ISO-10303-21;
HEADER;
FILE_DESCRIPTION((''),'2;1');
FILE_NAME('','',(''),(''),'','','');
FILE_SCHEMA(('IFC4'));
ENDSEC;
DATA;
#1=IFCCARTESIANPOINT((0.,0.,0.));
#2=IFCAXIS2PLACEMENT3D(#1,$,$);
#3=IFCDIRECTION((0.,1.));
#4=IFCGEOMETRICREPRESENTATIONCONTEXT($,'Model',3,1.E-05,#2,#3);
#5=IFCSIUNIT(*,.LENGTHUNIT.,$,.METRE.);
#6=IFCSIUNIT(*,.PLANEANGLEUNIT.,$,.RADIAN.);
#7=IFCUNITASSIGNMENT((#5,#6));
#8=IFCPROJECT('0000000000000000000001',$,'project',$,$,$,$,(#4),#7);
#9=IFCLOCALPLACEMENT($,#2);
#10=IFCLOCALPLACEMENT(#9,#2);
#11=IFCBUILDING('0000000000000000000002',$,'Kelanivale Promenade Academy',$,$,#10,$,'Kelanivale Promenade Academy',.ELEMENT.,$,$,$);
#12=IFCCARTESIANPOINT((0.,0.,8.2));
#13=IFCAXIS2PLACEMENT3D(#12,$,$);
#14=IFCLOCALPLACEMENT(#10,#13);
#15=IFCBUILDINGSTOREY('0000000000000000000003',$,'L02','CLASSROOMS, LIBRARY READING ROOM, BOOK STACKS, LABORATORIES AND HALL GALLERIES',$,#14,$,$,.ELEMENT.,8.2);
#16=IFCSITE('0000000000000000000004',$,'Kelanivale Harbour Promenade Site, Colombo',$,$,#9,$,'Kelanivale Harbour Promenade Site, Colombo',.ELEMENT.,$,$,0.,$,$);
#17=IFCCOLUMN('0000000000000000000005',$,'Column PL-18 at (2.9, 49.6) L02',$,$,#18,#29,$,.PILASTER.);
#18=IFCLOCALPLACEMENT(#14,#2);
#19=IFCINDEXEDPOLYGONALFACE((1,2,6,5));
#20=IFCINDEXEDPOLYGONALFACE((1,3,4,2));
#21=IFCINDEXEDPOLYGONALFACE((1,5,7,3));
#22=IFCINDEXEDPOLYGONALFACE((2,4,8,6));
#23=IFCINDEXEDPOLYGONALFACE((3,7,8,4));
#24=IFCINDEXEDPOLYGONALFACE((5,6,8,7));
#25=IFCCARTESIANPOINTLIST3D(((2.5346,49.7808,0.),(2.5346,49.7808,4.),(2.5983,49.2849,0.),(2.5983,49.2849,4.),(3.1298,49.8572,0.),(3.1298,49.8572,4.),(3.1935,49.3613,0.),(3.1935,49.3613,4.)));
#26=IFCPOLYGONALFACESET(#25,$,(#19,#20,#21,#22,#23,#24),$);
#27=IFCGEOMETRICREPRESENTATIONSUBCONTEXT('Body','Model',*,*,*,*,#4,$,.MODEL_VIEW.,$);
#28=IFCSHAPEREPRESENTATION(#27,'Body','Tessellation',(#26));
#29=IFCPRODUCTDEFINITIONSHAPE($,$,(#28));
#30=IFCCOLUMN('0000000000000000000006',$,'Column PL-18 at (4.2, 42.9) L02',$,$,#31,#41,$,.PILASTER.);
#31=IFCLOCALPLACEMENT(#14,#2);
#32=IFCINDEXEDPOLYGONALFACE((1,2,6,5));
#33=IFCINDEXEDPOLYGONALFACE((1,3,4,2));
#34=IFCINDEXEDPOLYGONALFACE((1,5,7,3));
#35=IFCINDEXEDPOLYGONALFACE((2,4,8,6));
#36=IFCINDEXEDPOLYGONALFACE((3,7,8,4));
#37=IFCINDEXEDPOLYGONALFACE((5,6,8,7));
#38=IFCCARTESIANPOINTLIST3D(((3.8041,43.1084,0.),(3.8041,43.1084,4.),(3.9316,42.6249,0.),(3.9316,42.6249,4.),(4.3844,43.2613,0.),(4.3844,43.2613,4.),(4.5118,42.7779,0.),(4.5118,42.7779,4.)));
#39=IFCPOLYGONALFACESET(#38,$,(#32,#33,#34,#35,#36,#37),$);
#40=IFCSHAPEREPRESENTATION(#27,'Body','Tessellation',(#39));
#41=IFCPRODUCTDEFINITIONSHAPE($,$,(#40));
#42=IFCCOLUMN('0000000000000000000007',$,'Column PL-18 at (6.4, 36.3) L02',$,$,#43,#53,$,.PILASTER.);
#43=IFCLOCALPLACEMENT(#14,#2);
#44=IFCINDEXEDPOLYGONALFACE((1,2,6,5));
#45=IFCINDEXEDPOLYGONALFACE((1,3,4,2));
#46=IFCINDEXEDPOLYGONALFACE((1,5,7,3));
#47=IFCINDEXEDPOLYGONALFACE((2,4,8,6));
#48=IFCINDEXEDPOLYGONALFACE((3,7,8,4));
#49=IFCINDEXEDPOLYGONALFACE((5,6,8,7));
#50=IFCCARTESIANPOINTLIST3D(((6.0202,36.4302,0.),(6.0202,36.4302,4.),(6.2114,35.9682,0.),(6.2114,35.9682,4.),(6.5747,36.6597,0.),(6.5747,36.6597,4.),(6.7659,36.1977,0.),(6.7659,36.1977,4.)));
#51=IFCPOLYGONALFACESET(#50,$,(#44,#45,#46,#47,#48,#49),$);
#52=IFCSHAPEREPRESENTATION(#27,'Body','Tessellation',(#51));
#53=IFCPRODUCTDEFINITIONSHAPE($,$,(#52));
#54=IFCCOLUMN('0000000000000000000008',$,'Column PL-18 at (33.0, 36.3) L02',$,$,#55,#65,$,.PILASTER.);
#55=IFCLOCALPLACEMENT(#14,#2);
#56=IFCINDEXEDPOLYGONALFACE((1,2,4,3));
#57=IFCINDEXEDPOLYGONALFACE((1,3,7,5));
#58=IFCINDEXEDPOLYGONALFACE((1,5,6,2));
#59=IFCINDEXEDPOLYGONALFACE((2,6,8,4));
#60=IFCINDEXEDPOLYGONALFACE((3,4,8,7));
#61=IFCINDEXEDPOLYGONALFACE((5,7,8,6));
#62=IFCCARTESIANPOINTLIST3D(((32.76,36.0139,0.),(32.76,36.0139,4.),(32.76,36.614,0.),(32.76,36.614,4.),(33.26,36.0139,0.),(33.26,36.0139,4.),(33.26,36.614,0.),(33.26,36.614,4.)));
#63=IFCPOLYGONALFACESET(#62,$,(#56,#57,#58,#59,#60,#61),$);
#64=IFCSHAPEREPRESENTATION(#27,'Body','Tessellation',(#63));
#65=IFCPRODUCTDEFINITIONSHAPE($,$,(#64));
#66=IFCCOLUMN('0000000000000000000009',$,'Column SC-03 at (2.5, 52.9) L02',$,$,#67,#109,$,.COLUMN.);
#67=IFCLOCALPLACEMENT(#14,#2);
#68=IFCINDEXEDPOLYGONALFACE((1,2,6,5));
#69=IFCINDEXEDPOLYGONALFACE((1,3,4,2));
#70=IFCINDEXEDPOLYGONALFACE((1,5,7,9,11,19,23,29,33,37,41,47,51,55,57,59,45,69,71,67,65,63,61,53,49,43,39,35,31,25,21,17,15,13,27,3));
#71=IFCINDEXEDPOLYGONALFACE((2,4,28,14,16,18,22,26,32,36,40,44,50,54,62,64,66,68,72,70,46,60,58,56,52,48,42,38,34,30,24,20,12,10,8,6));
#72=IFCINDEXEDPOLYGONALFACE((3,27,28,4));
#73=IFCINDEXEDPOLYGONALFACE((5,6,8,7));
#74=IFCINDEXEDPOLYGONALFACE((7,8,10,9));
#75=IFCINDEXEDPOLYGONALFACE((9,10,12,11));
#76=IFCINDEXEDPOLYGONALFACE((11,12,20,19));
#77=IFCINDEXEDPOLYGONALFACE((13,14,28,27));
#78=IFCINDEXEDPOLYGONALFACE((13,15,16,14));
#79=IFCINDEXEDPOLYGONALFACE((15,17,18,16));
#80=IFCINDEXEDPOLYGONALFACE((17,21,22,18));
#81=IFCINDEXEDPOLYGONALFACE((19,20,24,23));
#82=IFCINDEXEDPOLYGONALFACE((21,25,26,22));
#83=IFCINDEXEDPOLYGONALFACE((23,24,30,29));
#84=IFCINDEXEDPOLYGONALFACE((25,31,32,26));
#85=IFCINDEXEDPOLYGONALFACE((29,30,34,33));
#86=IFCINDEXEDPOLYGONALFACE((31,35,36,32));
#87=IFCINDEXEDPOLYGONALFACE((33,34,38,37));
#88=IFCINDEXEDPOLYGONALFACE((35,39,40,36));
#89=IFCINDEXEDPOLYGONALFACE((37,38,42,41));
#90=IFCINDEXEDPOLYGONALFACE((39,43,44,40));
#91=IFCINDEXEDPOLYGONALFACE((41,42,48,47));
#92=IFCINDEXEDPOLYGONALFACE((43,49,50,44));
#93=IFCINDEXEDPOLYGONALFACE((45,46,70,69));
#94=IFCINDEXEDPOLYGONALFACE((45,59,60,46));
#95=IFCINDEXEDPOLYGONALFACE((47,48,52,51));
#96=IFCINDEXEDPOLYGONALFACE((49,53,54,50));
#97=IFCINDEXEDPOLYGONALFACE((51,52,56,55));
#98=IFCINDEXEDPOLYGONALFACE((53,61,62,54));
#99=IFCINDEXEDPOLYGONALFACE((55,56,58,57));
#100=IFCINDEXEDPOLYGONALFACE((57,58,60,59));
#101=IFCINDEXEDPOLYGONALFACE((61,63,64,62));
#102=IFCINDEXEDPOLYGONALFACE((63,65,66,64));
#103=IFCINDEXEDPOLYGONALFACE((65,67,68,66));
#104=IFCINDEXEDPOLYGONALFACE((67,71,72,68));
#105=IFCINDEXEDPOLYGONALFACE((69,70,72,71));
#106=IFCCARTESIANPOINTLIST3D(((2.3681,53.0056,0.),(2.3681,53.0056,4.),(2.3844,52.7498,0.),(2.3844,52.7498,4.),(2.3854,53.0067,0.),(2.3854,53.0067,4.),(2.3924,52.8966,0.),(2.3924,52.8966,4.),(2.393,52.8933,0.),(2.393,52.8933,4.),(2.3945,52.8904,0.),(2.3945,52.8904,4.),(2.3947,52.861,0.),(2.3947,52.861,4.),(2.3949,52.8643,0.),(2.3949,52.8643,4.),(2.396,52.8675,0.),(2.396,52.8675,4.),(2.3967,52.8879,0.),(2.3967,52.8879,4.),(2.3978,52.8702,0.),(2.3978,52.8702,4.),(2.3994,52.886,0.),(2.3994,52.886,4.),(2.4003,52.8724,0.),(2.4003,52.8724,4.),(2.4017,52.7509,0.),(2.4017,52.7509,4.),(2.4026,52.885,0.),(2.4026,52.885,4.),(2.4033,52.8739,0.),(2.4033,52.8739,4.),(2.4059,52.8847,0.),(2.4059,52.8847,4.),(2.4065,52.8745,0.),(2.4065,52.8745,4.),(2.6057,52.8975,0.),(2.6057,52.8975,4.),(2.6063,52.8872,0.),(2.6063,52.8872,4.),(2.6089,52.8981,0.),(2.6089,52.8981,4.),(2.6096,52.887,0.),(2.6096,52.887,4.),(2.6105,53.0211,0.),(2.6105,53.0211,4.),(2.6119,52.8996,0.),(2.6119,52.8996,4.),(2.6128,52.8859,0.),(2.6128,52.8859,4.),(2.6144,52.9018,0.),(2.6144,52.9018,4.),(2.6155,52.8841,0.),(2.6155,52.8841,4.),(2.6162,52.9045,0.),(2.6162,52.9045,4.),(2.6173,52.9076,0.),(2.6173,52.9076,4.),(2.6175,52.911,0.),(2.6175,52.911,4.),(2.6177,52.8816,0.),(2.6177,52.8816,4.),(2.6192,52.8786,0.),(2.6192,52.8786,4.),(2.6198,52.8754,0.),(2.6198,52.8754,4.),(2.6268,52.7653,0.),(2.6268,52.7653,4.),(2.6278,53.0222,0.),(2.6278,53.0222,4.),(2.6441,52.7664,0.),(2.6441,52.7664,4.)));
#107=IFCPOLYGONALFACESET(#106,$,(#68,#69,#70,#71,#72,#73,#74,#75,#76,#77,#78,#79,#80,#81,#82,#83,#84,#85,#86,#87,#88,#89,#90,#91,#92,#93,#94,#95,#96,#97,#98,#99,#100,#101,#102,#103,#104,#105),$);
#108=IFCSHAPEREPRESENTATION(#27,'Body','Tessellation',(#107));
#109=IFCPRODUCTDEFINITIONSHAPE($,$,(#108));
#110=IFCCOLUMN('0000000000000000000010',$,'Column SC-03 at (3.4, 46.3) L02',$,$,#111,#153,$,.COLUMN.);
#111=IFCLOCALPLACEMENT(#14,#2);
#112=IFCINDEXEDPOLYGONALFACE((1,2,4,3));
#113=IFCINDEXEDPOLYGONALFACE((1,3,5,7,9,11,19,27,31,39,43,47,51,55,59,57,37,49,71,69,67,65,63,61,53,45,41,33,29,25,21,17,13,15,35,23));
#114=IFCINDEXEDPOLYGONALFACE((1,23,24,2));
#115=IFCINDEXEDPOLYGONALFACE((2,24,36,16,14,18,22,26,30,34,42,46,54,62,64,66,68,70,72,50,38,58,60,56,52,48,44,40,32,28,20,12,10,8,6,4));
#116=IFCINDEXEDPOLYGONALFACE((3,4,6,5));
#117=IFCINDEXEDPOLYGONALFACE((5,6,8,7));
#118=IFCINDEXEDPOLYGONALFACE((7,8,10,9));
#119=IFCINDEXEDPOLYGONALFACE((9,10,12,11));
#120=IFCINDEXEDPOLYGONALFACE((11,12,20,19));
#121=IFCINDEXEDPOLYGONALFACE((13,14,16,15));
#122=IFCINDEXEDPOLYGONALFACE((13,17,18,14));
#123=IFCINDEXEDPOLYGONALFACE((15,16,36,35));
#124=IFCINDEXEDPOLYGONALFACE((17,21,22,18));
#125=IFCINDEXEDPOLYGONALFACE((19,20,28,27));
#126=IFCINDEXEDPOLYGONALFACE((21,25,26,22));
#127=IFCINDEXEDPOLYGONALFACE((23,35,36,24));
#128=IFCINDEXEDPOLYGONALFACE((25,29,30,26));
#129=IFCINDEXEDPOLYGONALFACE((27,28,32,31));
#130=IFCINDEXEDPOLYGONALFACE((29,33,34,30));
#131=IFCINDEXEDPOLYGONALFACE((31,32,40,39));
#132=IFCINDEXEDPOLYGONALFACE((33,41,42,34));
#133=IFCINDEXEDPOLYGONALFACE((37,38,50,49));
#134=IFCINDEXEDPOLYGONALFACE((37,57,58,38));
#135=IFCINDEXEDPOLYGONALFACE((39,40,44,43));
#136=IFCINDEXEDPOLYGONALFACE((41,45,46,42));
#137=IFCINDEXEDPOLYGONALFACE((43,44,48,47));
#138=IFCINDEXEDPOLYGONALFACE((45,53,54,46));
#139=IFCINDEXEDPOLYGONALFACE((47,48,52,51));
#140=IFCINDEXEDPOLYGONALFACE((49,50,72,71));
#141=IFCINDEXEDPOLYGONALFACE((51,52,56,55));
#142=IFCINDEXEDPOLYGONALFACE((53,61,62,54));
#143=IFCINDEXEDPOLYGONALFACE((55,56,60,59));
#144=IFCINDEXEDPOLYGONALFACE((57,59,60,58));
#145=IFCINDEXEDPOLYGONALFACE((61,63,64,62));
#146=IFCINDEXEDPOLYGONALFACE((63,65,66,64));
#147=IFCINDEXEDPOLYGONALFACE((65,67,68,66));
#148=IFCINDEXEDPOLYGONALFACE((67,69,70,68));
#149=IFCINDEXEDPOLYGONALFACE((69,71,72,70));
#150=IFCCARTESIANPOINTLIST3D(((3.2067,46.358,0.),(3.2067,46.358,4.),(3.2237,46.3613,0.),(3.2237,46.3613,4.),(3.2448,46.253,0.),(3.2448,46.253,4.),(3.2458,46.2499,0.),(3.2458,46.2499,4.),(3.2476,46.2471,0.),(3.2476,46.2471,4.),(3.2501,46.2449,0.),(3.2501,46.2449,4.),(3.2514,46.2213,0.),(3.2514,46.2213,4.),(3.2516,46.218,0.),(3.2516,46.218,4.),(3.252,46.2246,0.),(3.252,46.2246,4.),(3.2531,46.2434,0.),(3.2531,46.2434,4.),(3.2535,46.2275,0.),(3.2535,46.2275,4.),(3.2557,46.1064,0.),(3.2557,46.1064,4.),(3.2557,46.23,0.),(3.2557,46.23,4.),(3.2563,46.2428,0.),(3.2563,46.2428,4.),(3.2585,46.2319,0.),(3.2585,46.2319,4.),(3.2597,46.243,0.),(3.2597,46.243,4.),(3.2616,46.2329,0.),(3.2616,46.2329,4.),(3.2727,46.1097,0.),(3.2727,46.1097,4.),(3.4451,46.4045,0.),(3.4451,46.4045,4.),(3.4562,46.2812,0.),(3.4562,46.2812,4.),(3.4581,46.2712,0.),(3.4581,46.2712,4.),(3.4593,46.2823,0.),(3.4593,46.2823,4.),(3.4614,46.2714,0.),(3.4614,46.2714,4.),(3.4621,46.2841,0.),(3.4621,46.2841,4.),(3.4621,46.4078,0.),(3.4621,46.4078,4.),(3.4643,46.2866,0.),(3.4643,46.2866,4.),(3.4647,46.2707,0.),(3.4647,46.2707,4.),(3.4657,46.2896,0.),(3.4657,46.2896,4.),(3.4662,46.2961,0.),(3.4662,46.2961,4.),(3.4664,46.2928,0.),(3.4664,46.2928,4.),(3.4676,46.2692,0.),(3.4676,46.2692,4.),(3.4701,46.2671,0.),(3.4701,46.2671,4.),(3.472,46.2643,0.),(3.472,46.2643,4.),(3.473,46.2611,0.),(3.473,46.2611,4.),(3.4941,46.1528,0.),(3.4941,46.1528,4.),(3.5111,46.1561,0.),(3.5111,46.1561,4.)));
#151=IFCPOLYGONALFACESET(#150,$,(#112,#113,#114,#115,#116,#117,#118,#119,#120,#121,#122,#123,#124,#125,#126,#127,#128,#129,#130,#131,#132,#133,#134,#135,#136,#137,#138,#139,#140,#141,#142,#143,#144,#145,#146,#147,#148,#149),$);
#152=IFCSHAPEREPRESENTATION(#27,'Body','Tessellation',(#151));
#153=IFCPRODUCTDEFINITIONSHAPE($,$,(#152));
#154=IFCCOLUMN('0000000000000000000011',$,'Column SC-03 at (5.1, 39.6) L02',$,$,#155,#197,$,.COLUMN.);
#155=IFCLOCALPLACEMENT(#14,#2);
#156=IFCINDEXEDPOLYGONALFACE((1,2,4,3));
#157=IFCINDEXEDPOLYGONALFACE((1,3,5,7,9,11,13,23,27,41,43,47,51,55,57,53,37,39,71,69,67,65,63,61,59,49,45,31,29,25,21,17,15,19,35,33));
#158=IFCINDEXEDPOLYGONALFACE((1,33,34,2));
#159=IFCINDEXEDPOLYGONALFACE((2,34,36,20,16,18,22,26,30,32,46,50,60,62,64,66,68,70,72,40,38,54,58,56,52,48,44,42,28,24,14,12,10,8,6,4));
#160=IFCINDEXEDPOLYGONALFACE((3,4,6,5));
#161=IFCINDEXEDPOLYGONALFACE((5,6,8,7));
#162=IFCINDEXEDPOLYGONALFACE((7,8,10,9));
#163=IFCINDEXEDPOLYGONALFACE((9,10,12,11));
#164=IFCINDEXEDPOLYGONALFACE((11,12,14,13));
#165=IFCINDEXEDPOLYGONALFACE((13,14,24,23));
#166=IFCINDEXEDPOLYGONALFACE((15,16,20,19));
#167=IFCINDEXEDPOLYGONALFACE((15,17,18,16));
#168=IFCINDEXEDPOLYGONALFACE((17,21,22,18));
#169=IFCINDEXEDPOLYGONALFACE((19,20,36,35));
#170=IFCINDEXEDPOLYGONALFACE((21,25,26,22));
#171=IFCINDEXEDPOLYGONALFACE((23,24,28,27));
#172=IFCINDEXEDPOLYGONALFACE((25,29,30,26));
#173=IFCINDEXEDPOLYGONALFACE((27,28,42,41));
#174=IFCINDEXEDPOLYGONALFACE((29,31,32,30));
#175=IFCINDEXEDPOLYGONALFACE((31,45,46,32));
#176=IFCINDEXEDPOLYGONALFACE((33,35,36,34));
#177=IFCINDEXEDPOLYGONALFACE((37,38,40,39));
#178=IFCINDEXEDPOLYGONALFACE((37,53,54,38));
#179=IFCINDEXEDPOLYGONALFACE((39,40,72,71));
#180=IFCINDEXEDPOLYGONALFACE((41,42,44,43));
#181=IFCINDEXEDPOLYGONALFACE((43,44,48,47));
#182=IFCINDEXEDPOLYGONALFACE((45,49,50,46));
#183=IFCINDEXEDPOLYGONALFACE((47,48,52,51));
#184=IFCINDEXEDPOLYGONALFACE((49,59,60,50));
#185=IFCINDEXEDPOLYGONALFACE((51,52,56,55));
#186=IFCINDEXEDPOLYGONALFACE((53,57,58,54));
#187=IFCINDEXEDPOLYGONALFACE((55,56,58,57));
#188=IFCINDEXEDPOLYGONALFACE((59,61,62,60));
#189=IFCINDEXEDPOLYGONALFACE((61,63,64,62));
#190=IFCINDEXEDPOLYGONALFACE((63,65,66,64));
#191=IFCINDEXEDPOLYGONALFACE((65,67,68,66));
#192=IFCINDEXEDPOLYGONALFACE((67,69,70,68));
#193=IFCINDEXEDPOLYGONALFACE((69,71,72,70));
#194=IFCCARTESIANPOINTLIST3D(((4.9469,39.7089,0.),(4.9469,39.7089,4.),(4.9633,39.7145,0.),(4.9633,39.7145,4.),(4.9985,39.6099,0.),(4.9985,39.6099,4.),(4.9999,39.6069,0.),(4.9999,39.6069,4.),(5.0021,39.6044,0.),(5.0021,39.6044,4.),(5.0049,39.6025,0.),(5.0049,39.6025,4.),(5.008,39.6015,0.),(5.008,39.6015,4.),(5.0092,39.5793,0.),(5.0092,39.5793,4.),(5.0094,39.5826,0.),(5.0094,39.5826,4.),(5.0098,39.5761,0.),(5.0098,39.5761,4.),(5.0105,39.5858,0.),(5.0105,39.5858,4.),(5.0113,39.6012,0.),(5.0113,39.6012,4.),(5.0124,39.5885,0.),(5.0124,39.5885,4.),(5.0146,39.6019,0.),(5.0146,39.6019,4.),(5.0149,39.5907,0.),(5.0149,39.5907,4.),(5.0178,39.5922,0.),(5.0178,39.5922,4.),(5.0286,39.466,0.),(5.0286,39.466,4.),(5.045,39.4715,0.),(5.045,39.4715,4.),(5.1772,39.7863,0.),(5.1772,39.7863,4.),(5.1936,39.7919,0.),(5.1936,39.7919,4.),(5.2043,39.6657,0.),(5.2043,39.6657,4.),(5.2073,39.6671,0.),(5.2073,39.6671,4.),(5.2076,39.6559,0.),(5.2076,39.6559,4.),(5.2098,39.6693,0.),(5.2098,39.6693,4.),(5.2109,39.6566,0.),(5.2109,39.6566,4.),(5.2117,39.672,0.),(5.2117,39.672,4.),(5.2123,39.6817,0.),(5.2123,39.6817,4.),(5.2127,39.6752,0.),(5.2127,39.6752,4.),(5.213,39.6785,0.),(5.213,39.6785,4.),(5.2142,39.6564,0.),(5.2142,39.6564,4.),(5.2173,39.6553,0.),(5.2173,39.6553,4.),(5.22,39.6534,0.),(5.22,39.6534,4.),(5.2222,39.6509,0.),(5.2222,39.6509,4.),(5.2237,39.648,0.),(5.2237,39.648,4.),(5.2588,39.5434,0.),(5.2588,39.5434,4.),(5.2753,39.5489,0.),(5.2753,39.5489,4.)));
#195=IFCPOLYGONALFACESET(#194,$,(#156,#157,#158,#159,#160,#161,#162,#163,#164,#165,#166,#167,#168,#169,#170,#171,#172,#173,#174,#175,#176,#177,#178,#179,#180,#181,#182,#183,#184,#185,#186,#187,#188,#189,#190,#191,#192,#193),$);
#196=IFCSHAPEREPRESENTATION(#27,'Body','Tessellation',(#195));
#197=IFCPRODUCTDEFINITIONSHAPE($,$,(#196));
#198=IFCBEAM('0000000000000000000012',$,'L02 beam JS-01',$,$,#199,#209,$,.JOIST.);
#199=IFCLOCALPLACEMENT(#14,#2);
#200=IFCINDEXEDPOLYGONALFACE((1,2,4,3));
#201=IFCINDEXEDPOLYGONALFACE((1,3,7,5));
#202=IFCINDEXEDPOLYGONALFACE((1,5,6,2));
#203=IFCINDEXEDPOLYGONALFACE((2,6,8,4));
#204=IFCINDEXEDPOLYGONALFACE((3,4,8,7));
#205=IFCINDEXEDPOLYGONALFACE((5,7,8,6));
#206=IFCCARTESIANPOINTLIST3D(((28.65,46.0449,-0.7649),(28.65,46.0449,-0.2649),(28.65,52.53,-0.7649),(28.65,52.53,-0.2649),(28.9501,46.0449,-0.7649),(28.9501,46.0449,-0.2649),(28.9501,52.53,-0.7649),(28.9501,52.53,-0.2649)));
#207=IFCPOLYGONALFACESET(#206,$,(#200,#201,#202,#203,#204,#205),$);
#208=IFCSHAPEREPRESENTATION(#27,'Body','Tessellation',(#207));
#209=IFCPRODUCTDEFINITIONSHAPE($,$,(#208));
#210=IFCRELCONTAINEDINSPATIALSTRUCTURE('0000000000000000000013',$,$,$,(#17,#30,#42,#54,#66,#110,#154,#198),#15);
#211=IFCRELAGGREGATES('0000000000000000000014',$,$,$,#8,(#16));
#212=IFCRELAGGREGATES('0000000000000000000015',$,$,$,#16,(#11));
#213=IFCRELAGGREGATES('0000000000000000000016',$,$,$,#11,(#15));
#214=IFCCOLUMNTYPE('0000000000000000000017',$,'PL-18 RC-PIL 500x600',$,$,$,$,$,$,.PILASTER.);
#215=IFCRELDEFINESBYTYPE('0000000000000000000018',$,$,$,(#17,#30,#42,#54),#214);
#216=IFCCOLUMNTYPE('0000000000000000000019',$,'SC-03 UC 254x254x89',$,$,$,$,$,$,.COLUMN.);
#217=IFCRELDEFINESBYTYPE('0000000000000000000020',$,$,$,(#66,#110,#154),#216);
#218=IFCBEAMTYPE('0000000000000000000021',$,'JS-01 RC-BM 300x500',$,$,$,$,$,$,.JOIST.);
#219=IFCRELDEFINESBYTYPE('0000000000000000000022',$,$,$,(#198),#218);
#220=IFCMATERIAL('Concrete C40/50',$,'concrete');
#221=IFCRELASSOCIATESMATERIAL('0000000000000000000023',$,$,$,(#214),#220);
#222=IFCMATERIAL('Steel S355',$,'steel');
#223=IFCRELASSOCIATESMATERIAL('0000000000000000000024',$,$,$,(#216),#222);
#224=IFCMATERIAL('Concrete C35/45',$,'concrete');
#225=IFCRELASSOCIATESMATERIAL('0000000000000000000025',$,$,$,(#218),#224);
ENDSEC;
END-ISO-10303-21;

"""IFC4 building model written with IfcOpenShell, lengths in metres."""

from ifc_helpers import new_model, si_unit, direction, frame, origin, origin_2d, place, context, subcontext, project, spatial, rectangle, i_section, extrude, material, material_profile, profile_set, type_object, element, save


model = new_model("IFC4")

# Units and contexts
model_context = context("Model", 3, precision=1e-05, world=origin(), true_north=direction((0.0, 1.0)))
body_context = subcontext(model_context, "Body", "Model", "MODEL_VIEW")
ifc_project = project(units=[si_unit("LENGTHUNIT", "METRE"), si_unit("PLANEANGLEUNIT", "RADIAN")], contexts=[model_context])

# Site, building, storey
site_placement = place(None, origin())
site = spatial("IfcSite", under=ifc_project, at=site_placement, Name="Kelanivale Harbour Promenade Site, Colombo", LongName="Kelanivale Harbour Promenade Site, Colombo", CompositionType="ELEMENT", RefElevation=0.0)
building_placement = place(site_placement, origin())
building = spatial("IfcBuilding", under=site, at=building_placement, Name="Kelanivale Promenade Academy", LongName="Kelanivale Promenade Academy", CompositionType="ELEMENT")
storey_placement = place(building_placement, frame((0.0, 0.0, 8.2)))
storey = spatial("IfcBuildingStorey", under=building, at=storey_placement, Name="L02", Description="CLASSROOMS, LIBRARY READING ROOM, BOOK STACKS, LABORATORIES AND HALL GALLERIES", CompositionType="ELEMENT", Elevation=8.2)

# Columns
ifc_material_1 = material(Name="Concrete C40/50", Category="concrete")
ifc_material_profile_1 = material_profile(ifc_material_1, rectangle(XDim=0.5, YDim=0.6001, at=origin_2d()), Name="RC-PIL 500x600")
ifc_profile_set_1 = profile_set([ifc_material_profile_1], Name="Concrete C40/50")
column_type_1 = type_object("IfcColumnType", Name="PL-18 RC-PIL 500x600", PredefinedType="PILASTER", material=ifc_profile_set_1)
for number, where, z_axis, x_axis, name in (
    (1, (2.864, 49.571, 0.0), (0.0, 0.0, 1.0), (-0.127411, 0.99185, 0.0), "Column PL-18 at (2.9, 49.6) L02"),
    (2, (4.158, 42.9431, 0.0), (0.0, 0.0, 1.0), (-0.254939, 0.966957, 0.0), "Column PL-18 at (4.2, 42.9) L02"),
    (3, (6.3931, 36.314, 0.0), (0.0, 0.0, 1.0), (-0.382361, 0.924013, 0.0), "Column PL-18 at (6.4, 36.3) L02"),
    (4, (33.01, 36.314, 0.0), (0.0, 0.0, 1.0), (1.0, 0.0, 0.0), "Column PL-18 at (33.0, 36.3) L02"),
):
    element("IfcColumn", number, at=place(storey_placement, frame(where, z_axis=z_axis, x_axis=x_axis)), inside=storey, type_object=column_type_1, Name=name, PredefinedType="PILASTER", context=body_context, shape_type="SweptSolid", body=[
        extrude(rectangle(XDim=0.5, YDim=0.6001, at=origin_2d()), origin(), (0.0, 0.0, 1.0), 4.0),
    ])
ifc_material_2 = material(Name="Steel S355", Category="steel")
ifc_material_profile_2 = material_profile(ifc_material_2, i_section(OverallWidth=0.2563, OverallDepth=0.2603, WebThickness=0.0103, FlangeThickness=0.0173, FilletRadius=0.0127, at=origin_2d()), Name="UC 254x254x89")
ifc_profile_set_2 = profile_set([ifc_material_profile_2], Name="Steel S355")
column_type_2 = type_object("IfcColumnType", Name="SC-03 UC 254x254x89", PredefinedType="COLUMN", material=ifc_profile_set_2)
for number, where, z_axis, x_axis, name in (
    (5, (2.5061, 52.886, 0.0), (0.0, 0.0, 1.0), (-0.063661, 0.997972, 0.0), "Column SC-03 at (2.5, 52.9) L02"),
    (6, (3.3589, 46.2571, 0.0), (0.0, 0.0, 1.0), (-0.191152, 0.981561, 0.0), "Column SC-03 at (3.4, 46.3) L02"),
    (7, (5.1111, 39.6289, 0.0), (0.0, 0.0, 1.0), (-0.318628, 0.94788, 0.0), "Column SC-03 at (5.1, 39.6) L02"),
):
    element("IfcColumn", number, at=place(storey_placement, frame(where, z_axis=z_axis, x_axis=x_axis)), inside=storey, type_object=column_type_2, Name=name, PredefinedType="COLUMN", context=body_context, shape_type="SweptSolid", body=[
        extrude(i_section(OverallWidth=0.2563, OverallDepth=0.2603, WebThickness=0.0103, FlangeThickness=0.0173, FilletRadius=0.0127, at=origin_2d()), origin(), (0.0, 0.0, 1.0), 4.0),
    ])

# Beam
ifc_material_3 = material(Name="Concrete C35/45", Category="concrete")
ifc_material_profile_3 = material_profile(ifc_material_3, rectangle(XDim=0.3, YDim=0.5, at=origin_2d()), Name="RC-BM 300x500")
ifc_profile_set_3 = profile_set([ifc_material_profile_3], Name="Concrete C35/45")
beam_type_1 = type_object("IfcBeamType", Name="JS-01 RC-BM 300x500", PredefinedType="JOIST", material=ifc_profile_set_3)
beam_1_placement = place(storey_placement, frame((28.8, 46.0449, -0.5149), z_axis=(0.0, 1.0, 0.0), x_axis=(-1.0, 0.0, 0.0)))
element("IfcBeam", 8, at=beam_1_placement, inside=storey, type_object=beam_type_1, Name="L02 beam JS-01", PredefinedType="JOIST", context=body_context, shape_type="SweptSolid", body=[
    extrude(rectangle(XDim=0.3, YDim=0.5, at=origin_2d()), origin(), (0.0, 0.0, 1.0), 6.4851),
])

save(model, "model.ifc")
